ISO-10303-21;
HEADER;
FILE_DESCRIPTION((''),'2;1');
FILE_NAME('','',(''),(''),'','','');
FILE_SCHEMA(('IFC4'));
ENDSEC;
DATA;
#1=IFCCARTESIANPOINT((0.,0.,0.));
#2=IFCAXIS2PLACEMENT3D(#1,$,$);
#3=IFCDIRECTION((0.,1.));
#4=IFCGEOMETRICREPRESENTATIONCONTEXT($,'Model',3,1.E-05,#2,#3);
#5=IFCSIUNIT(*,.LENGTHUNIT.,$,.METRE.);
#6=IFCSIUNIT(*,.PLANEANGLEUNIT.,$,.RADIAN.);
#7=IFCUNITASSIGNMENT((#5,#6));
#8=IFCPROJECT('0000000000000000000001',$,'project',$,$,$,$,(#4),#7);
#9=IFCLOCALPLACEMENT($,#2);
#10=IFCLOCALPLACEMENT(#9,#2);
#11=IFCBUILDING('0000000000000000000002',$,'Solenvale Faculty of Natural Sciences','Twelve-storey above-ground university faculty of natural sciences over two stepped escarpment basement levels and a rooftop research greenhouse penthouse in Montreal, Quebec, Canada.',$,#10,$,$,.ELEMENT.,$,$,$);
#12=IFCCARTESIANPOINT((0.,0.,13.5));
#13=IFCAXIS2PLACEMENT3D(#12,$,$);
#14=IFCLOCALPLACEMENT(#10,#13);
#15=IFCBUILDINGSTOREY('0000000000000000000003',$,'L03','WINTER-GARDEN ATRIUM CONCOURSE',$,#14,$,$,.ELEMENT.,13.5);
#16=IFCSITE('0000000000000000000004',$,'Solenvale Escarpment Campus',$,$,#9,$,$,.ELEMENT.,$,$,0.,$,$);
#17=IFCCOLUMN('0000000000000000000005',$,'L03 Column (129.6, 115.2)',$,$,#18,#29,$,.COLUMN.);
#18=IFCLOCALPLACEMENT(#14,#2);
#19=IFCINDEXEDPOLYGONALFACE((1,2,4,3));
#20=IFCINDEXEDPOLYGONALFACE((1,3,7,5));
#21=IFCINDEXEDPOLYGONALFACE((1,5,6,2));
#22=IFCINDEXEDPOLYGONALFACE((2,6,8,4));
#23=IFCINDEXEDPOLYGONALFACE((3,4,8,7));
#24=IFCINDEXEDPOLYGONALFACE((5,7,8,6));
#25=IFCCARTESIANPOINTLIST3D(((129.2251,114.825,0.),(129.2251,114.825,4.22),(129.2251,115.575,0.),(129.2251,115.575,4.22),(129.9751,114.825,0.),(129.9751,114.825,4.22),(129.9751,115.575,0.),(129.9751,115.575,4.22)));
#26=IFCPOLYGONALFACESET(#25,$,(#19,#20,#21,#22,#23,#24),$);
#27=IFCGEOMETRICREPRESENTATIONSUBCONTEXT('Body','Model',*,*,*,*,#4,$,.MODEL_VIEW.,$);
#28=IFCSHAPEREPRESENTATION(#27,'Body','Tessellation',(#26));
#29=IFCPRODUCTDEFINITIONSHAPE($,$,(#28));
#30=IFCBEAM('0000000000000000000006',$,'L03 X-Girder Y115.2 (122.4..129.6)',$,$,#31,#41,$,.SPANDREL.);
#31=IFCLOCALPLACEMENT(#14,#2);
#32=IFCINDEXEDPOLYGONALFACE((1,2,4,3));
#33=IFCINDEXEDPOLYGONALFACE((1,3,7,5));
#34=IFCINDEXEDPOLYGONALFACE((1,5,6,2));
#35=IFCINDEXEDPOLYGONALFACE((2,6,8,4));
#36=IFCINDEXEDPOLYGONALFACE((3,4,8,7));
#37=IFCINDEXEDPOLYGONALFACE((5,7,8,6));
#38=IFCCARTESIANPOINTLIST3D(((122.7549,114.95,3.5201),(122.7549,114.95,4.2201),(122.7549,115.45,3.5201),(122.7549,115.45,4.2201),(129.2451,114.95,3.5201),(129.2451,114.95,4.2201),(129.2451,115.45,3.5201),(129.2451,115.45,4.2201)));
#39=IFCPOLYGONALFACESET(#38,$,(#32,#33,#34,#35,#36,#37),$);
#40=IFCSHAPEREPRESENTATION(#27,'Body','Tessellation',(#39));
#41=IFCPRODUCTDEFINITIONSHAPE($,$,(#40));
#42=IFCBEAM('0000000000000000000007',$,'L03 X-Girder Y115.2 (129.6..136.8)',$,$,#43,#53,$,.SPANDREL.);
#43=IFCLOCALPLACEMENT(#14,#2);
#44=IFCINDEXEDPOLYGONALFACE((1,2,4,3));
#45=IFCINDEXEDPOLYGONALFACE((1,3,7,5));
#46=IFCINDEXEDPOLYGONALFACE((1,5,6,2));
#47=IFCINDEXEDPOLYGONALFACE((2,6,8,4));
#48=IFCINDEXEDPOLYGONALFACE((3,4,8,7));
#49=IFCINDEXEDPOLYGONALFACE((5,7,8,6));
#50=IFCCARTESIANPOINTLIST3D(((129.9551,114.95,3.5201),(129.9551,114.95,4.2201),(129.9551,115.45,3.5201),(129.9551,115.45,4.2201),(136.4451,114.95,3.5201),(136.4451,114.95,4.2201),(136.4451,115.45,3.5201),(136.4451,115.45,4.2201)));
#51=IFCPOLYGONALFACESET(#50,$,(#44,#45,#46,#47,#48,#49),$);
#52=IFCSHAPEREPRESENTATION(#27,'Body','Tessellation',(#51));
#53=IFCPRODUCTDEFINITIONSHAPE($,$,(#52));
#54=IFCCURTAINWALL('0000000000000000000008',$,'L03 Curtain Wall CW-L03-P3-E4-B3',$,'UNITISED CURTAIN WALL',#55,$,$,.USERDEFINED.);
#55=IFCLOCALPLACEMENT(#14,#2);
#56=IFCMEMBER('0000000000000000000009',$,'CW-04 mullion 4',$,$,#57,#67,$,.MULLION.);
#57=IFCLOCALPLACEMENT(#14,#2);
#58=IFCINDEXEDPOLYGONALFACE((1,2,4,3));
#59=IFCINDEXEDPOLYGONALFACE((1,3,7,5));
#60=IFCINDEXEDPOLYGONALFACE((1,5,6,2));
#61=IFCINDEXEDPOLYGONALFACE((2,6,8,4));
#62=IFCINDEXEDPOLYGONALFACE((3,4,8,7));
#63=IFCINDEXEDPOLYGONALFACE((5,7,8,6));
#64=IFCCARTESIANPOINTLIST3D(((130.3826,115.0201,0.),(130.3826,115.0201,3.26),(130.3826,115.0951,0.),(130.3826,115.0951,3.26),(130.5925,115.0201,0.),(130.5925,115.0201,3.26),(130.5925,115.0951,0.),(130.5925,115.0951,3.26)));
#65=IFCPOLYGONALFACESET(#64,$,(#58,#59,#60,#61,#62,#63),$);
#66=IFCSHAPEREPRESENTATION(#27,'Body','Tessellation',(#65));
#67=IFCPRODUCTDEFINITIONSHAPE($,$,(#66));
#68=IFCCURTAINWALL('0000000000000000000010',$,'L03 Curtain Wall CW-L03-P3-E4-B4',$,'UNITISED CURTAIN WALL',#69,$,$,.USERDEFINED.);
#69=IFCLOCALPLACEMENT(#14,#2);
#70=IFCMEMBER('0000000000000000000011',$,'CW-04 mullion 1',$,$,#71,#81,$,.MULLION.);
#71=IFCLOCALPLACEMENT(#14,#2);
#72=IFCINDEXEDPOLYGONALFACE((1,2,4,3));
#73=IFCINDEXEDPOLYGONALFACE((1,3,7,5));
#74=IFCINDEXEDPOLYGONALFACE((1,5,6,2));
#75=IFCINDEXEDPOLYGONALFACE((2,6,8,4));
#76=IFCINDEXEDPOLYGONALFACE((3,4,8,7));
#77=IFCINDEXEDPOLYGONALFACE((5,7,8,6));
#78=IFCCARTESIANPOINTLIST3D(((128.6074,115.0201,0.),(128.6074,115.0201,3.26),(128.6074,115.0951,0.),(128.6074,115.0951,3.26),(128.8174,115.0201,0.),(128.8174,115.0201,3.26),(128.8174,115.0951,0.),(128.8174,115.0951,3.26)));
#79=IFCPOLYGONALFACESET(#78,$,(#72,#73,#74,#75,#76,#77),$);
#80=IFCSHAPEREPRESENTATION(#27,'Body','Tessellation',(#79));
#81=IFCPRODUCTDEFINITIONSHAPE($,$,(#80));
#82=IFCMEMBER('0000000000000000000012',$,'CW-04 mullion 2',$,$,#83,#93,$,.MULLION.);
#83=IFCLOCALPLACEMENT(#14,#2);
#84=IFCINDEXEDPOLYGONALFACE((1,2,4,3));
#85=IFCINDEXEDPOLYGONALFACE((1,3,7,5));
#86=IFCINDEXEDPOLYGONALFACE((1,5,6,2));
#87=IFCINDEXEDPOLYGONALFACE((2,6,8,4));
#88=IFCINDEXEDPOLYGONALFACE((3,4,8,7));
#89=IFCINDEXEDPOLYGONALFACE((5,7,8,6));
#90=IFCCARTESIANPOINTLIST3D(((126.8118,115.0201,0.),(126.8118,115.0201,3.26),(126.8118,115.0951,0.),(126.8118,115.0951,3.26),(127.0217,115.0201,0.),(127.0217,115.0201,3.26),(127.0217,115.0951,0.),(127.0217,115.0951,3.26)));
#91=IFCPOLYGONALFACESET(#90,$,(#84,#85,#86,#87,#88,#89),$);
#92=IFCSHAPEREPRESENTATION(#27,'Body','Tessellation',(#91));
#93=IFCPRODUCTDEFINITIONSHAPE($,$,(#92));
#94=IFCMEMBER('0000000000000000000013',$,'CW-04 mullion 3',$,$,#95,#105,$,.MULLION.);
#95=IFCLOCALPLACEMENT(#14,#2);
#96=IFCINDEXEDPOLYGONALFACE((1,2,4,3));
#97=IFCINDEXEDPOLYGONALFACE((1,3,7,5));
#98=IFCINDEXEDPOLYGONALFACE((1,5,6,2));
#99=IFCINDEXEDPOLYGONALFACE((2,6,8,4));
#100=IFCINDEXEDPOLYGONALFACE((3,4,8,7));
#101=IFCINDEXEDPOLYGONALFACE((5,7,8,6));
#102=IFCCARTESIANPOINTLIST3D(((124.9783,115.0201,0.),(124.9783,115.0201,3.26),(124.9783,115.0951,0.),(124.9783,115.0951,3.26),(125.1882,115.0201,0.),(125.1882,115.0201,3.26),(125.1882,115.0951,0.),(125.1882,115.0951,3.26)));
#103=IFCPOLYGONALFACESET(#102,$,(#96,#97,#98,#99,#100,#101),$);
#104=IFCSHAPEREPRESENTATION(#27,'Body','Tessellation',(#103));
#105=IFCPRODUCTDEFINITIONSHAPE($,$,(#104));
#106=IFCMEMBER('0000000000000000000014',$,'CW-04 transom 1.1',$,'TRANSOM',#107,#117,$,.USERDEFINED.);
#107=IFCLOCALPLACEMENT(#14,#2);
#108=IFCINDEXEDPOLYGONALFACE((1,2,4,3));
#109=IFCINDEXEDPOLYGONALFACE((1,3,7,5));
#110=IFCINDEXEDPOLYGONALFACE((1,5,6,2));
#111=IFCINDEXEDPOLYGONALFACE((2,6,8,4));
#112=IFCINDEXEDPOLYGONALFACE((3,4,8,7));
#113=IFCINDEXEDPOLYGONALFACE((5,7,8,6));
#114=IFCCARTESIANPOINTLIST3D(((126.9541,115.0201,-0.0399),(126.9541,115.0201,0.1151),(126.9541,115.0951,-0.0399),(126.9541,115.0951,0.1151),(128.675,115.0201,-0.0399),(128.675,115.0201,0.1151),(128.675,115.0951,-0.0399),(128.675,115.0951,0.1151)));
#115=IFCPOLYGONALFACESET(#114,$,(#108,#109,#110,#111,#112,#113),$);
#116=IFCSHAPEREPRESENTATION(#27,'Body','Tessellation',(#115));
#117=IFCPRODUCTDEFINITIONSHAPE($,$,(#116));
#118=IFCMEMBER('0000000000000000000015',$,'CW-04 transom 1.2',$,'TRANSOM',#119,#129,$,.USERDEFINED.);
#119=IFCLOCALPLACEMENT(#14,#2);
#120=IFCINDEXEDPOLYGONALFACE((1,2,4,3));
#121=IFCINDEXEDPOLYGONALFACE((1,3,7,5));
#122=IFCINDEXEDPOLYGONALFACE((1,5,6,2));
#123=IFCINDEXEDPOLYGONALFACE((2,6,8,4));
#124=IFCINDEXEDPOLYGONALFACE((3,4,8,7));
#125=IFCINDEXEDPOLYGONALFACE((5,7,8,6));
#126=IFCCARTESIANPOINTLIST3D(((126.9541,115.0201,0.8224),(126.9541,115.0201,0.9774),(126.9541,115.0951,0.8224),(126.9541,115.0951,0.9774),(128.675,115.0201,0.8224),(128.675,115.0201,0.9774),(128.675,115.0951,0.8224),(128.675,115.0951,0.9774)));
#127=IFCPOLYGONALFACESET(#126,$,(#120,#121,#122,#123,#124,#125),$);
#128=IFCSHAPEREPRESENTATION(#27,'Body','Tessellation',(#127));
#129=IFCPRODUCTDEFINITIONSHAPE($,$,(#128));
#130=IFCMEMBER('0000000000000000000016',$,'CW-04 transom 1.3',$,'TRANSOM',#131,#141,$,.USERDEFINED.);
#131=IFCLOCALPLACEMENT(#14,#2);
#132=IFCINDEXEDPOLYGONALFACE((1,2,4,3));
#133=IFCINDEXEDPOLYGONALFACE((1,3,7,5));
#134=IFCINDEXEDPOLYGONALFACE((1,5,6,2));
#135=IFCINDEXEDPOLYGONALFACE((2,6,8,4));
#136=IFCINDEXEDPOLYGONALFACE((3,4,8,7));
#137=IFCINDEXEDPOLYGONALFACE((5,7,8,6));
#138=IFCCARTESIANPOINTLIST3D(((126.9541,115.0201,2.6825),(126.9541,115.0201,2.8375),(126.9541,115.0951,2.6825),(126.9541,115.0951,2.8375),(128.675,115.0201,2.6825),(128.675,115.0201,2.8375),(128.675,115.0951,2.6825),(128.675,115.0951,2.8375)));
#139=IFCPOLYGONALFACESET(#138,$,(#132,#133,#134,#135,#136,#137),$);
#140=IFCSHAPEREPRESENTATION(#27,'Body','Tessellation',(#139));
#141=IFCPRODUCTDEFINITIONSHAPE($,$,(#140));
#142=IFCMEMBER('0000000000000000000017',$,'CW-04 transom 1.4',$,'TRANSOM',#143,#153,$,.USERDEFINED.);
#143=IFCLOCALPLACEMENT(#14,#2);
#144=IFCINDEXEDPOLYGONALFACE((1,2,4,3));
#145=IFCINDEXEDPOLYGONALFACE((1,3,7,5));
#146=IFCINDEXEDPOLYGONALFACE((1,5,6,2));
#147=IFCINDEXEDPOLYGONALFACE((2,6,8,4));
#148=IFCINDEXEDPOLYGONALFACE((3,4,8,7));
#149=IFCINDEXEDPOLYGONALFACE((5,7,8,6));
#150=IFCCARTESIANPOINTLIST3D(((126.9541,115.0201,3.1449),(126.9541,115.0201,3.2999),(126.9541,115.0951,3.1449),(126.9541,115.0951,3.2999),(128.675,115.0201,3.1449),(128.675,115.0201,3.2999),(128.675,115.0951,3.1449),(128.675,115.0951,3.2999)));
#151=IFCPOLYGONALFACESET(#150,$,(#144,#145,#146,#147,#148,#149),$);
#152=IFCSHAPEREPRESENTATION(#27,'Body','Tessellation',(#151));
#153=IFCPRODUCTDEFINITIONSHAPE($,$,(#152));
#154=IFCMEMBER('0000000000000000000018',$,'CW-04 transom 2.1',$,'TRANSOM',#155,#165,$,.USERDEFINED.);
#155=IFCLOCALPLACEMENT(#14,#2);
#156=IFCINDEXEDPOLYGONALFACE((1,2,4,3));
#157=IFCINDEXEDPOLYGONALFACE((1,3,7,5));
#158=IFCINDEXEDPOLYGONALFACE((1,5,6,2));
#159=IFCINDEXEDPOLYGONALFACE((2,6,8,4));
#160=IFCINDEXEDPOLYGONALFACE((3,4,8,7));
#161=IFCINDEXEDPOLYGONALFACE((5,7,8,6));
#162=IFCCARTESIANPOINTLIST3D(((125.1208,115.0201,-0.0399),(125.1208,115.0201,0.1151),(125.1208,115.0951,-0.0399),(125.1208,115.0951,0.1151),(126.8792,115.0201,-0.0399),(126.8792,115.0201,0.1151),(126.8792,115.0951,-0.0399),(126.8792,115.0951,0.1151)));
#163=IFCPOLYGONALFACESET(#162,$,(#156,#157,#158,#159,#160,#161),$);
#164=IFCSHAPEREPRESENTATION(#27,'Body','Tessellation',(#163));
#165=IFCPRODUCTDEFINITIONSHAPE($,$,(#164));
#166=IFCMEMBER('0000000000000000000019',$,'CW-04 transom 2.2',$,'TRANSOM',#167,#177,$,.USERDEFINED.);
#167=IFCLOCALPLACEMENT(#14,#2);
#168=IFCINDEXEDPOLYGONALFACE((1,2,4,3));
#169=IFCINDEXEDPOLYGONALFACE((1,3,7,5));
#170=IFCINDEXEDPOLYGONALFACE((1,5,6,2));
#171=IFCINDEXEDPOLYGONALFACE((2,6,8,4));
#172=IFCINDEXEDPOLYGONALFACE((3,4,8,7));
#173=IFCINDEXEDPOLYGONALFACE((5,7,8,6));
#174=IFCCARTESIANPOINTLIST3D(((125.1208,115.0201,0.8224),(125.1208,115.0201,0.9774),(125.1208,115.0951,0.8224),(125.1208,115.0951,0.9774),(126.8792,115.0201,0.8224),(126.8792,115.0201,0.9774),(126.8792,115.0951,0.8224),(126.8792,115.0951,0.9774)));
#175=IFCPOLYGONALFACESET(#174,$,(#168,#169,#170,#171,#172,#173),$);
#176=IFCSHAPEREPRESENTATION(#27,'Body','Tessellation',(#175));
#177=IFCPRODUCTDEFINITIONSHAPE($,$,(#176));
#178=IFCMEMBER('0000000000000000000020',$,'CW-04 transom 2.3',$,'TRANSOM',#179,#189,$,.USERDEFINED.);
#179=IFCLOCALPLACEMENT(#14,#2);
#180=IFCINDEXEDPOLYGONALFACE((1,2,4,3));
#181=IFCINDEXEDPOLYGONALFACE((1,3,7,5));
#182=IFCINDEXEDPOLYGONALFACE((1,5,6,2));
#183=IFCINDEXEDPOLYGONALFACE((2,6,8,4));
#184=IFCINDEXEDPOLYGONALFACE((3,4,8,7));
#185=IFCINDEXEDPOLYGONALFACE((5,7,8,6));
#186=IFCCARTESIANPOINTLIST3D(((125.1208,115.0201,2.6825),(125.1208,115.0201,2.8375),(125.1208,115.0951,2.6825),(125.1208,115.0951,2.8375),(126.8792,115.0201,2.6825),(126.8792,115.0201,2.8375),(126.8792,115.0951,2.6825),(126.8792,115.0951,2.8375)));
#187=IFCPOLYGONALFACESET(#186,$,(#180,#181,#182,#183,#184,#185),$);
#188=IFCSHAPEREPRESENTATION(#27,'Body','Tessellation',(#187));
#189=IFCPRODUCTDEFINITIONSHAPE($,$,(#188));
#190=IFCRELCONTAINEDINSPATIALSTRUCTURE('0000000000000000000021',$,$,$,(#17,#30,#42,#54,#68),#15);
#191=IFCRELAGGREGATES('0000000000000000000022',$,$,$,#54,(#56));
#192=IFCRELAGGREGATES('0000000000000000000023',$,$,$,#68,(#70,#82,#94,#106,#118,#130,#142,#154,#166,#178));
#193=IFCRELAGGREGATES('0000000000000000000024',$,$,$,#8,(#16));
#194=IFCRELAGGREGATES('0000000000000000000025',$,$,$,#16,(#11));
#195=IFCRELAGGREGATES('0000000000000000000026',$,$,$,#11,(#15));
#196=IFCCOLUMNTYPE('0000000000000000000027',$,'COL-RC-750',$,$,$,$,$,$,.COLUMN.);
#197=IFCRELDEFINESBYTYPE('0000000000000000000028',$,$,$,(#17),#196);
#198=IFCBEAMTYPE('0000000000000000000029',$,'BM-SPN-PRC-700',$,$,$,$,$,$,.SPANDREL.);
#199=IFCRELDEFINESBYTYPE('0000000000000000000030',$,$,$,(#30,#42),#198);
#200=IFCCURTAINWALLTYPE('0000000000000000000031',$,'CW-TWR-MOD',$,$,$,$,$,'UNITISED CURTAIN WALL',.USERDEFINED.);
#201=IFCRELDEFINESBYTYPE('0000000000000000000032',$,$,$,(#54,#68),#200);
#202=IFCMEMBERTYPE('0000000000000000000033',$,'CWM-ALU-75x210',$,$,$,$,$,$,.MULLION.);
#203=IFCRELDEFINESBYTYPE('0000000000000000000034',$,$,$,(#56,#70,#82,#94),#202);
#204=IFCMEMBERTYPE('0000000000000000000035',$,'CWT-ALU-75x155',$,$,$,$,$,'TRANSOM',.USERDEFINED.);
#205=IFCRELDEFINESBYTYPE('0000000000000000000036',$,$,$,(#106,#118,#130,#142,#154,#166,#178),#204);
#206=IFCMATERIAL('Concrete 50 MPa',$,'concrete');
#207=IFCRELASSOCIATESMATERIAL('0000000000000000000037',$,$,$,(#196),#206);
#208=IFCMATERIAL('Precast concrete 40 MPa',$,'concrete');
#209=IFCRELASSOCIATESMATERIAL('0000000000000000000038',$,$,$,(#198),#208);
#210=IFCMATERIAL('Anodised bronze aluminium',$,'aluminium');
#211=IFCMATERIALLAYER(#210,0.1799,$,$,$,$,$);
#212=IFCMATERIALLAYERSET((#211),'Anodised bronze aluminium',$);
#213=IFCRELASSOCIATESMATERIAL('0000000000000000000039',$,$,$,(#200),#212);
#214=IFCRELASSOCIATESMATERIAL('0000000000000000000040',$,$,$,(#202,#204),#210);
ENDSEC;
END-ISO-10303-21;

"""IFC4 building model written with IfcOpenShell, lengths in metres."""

from ifc_helpers import new_model, si_unit, direction, frame, origin, origin_2d, place, context, subcontext, project, spatial, rectangle, extrude, material, layer, layer_set, material_profile, profile_set, type_object, element, aggregate, save


model = new_model("IFC4")

# Units and contexts
model_context = context("Model", 3, precision=1e-05, world=origin(), true_north=direction((0.0, 1.0)))
body_context = subcontext(model_context, "Body", "Model", "MODEL_VIEW")
ifc_project = project(units=[si_unit("LENGTHUNIT", "METRE"), si_unit("PLANEANGLEUNIT", "RADIAN")], contexts=[model_context])

# Site, building, storey
site_placement = place(None, origin())
site = spatial("IfcSite", under=ifc_project, at=site_placement, Name="Solenvale Escarpment Campus", CompositionType="ELEMENT", RefElevation=0.0)
building_placement = place(site_placement, origin())
building = spatial("IfcBuilding", under=site, at=building_placement, Name="Solenvale Faculty of Natural Sciences", Description="Twelve-storey above-ground university faculty of natural sciences over two stepped escarpment basement levels and a rooftop research greenhouse penthouse in Montreal, Quebec, Canada.", CompositionType="ELEMENT")
storey_placement = place(building_placement, frame((0.0, 0.0, 13.5)))
storey = spatial("IfcBuildingStorey", under=building, at=storey_placement, Name="L03", Description="WINTER-GARDEN ATRIUM CONCOURSE", CompositionType="ELEMENT", Elevation=13.5)

# Column
ifc_material_1 = material(Name="Concrete 50 MPa", Category="concrete")
ifc_material_profile_1 = material_profile(ifc_material_1, rectangle(XDim=0.75, YDim=0.75, at=origin_2d()), Name="RC-COL-750x750")
ifc_profile_set_1 = profile_set([ifc_material_profile_1], Name="Concrete 50 MPa")
column_type = type_object("IfcColumnType", Name="COL-RC-750", PredefinedType="COLUMN", material=ifc_profile_set_1)
column_placement = place(storey_placement, frame((129.6001, 115.2, 0.0), z_axis=(0.0, 0.0, 1.0), x_axis=(1.0, 0.0, 0.0)))
element("IfcColumn", 1, at=column_placement, inside=storey, type_object=column_type, Name="L03 Column (129.6, 115.2)", PredefinedType="COLUMN", context=body_context, shape_type="SweptSolid", body=[
    extrude(rectangle(XDim=0.75, YDim=0.75, at=origin_2d()), origin(), (0.0, 0.0, 1.0), 4.22),
])

# Beams
ifc_material_2 = material(Name="Precast concrete 40 MPa", Category="concrete")
ifc_material_profile_2 = material_profile(ifc_material_2, rectangle(XDim=0.5, YDim=0.7, at=origin_2d()), Name="RC-BM-500x700")
ifc_profile_set_2 = profile_set([ifc_material_profile_2], Name="Precast concrete 40 MPa")
beam_type = type_object("IfcBeamType", Name="BM-SPN-PRC-700", PredefinedType="SPANDREL", material=ifc_profile_set_2)
beam_1_placement = place(storey_placement, frame((122.7549, 115.2, 3.8701), z_axis=(1.0, 0.0, 0.0), x_axis=(0.0, 1.0, 0.0)))
element("IfcBeam", 2, at=beam_1_placement, inside=storey, type_object=beam_type, Name="L03 X-Girder Y115.2 (122.4..129.6)", PredefinedType="SPANDREL", context=body_context, shape_type="SweptSolid", body=[
    extrude(rectangle(XDim=0.5, YDim=0.7, at=origin_2d()), origin(), (0.0, 0.0, 1.0), 6.4902),
])
beam_2_placement = place(storey_placement, frame((129.9551, 115.2, 3.8701), z_axis=(1.0, 0.0, 0.0), x_axis=(0.0, 1.0, 0.0)))
element("IfcBeam", 3, at=beam_2_placement, inside=storey, type_object=beam_type, Name="L03 X-Girder Y115.2 (129.6..136.8)", PredefinedType="SPANDREL", context=body_context, shape_type="SweptSolid", body=[
    extrude(rectangle(XDim=0.5, YDim=0.7, at=origin_2d()), origin(), (0.0, 0.0, 1.0), 6.49),
])

# Curtain wall, member
ifc_material_3 = material(Name="Anodised bronze aluminium", Category="aluminium")
ifc_layer_1 = layer(ifc_material_3, 0.1799)
ifc_layer_set_1 = layer_set([ifc_layer_1], Name="Anodised bronze aluminium")
curtain_wall_type = type_object("IfcCurtainWallType", Name="CW-TWR-MOD", ElementType="UNITISED CURTAIN WALL", PredefinedType="USERDEFINED", material=ifc_layer_set_1)
curtain_wall_1_placement = place(storey_placement, origin())
curtain_wall_1 = element("IfcCurtainWall", 4, at=curtain_wall_1_placement, inside=storey, type_object=curtain_wall_type, Name="L03 Curtain Wall CW-L03-P3-E4-B3", ObjectType="UNITISED CURTAIN WALL", PredefinedType="USERDEFINED")
ifc_material_profile_3 = material_profile(ifc_material_3, rectangle(XDim=0.075, YDim=0.21, at=origin_2d()), Name="ALU-MUL-75x210")
ifc_profile_set_3 = profile_set([ifc_material_profile_3], Name="Anodised bronze aluminium")
member_type_1 = type_object("IfcMemberType", Name="CWM-ALU-75x210", PredefinedType="MULLION", material=ifc_profile_set_3)
member_1_placement = place(storey_placement, frame((130.4875, 115.0576, 0.0), z_axis=(0.0, 0.0, 1.0), x_axis=(0.0, -1.0, 0.0)))
member_1 = element("IfcMember", 5, at=member_1_placement, type_object=member_type_1, Name="CW-04 mullion 4", PredefinedType="MULLION", context=body_context, shape_type="SweptSolid", body=[
    extrude(rectangle(XDim=0.075, YDim=0.21, at=origin_2d()), origin(), (0.0, 0.0, 1.0), 3.26),
])
aggregate(curtain_wall_1, [member_1])

# Curtain wall, members
curtain_wall_2_placement = place(storey_placement, origin())
curtain_wall_2 = element("IfcCurtainWall", 6, at=curtain_wall_2_placement, inside=storey, type_object=curtain_wall_type, Name="L03 Curtain Wall CW-L03-P3-E4-B4", ObjectType="UNITISED CURTAIN WALL", PredefinedType="USERDEFINED")
member_2_placement = place(storey_placement, frame((128.7124, 115.0576, 0.0), z_axis=(0.0, 0.0, 1.0), x_axis=(0.0, -1.0, 0.0)))
member_2 = element("IfcMember", 7, at=member_2_placement, type_object=member_type_1, Name="CW-04 mullion 1", PredefinedType="MULLION", context=body_context, shape_type="SweptSolid", body=[
    extrude(rectangle(XDim=0.075, YDim=0.21, at=origin_2d()), origin(), (0.0, 0.0, 1.0), 3.26),
])
member_3_placement = place(storey_placement, frame((126.9167, 115.0576, 0.0), z_axis=(0.0, 0.0, 1.0), x_axis=(0.0, -1.0, 0.0)))
member_3 = element("IfcMember", 8, at=member_3_placement, type_object=member_type_1, Name="CW-04 mullion 2", PredefinedType="MULLION", context=body_context, shape_type="SweptSolid", body=[
    extrude(rectangle(XDim=0.075, YDim=0.21, at=origin_2d()), origin(), (0.0, 0.0, 1.0), 3.26),
])
member_4_placement = place(storey_placement, frame((125.0833, 115.0576, 0.0), z_axis=(0.0, 0.0, 1.0), x_axis=(0.0, -1.0, 0.0)))
member_4 = element("IfcMember", 9, at=member_4_placement, type_object=member_type_1, Name="CW-04 mullion 3", PredefinedType="MULLION", context=body_context, shape_type="SweptSolid", body=[
    extrude(rectangle(XDim=0.075, YDim=0.21, at=origin_2d()), origin(), (0.0, 0.0, 1.0), 3.26),
])
ifc_material_profile_4 = material_profile(ifc_material_3, rectangle(XDim=0.075, YDim=0.155, at=origin_2d()), Name="ALU-TRN-75x155")
ifc_profile_set_4 = profile_set([ifc_material_profile_4], Name="Anodised bronze aluminium")
member_type_2 = type_object("IfcMemberType", Name="CWT-ALU-75x155", ElementType="TRANSOM", PredefinedType="USERDEFINED", material=ifc_profile_set_4)
member_5_placement = place(storey_placement, frame((128.675, 115.0576, 0.0376), z_axis=(-1.0, 0.0, 0.0), x_axis=(0.0, -1.0, 0.0)))
member_5 = element("IfcMember", 10, at=member_5_placement, type_object=member_type_2, Name="CW-04 transom 1.1", ObjectType="TRANSOM", PredefinedType="USERDEFINED", context=body_context, shape_type="SweptSolid", body=[
    extrude(rectangle(XDim=0.075, YDim=0.155, at=origin_2d()), origin(), (0.0, 0.0, 1.0), 1.7209),
])
member_6_placement = place(storey_placement, frame((128.675, 115.0576, 0.8999), z_axis=(-1.0, 0.0, 0.0), x_axis=(0.0, -1.0, 0.0)))
member_6 = element("IfcMember", 11, at=member_6_placement, type_object=member_type_2, Name="CW-04 transom 1.2", ObjectType="TRANSOM", PredefinedType="USERDEFINED", context=body_context, shape_type="SweptSolid", body=[
    extrude(rectangle(XDim=0.075, YDim=0.155, at=origin_2d()), origin(), (0.0, 0.0, 1.0), 1.7209),
])
member_7_placement = place(storey_placement, frame((128.675, 115.0576, 2.76), z_axis=(-1.0, 0.0, 0.0), x_axis=(0.0, -1.0, 0.0)))
member_7 = element("IfcMember", 12, at=member_7_placement, type_object=member_type_2, Name="CW-04 transom 1.3", ObjectType="TRANSOM", PredefinedType="USERDEFINED", context=body_context, shape_type="SweptSolid", body=[
    extrude(rectangle(XDim=0.075, YDim=0.155, at=origin_2d()), origin(), (0.0, 0.0, 1.0), 1.7209),
])
member_8_placement = place(storey_placement, frame((128.675, 115.0576, 3.2224), z_axis=(-1.0, 0.0, 0.0), x_axis=(0.0, -1.0, 0.0)))
member_8 = element("IfcMember", 13, at=member_8_placement, type_object=member_type_2, Name="CW-04 transom 1.4", ObjectType="TRANSOM", PredefinedType="USERDEFINED", context=body_context, shape_type="SweptSolid", body=[
    extrude(rectangle(XDim=0.075, YDim=0.155, at=origin_2d()), origin(), (0.0, 0.0, 1.0), 1.7209),
])
member_9_placement = place(storey_placement, frame((126.8792, 115.0576, 0.0376), z_axis=(-1.0, 0.0, 0.0), x_axis=(0.0, -1.0, 0.0)))
member_9 = element("IfcMember", 14, at=member_9_placement, type_object=member_type_2, Name="CW-04 transom 2.1", ObjectType="TRANSOM", PredefinedType="USERDEFINED", context=body_context, shape_type="SweptSolid", body=[
    extrude(rectangle(XDim=0.075, YDim=0.155, at=origin_2d()), origin(), (0.0, 0.0, 1.0), 1.7583),
])
member_10_placement = place(storey_placement, frame((126.8792, 115.0576, 0.8999), z_axis=(-1.0, 0.0, 0.0), x_axis=(0.0, -1.0, 0.0)))
member_10 = element("IfcMember", 15, at=member_10_placement, type_object=member_type_2, Name="CW-04 transom 2.2", ObjectType="TRANSOM", PredefinedType="USERDEFINED", context=body_context, shape_type="SweptSolid", body=[
    extrude(rectangle(XDim=0.075, YDim=0.155, at=origin_2d()), origin(), (0.0, 0.0, 1.0), 1.7583),
])
member_11_placement = place(storey_placement, frame((126.8792, 115.0576, 2.76), z_axis=(-1.0, 0.0, 0.0), x_axis=(0.0, -1.0, 0.0)))
member_11 = element("IfcMember", 16, at=member_11_placement, type_object=member_type_2, Name="CW-04 transom 2.3", ObjectType="TRANSOM", PredefinedType="USERDEFINED", context=body_context, shape_type="SweptSolid", body=[
    extrude(rectangle(XDim=0.075, YDim=0.155, at=origin_2d()), origin(), (0.0, 0.0, 1.0), 1.7583),
])
aggregate(curtain_wall_2, [member_2, member_3, member_4, member_5, member_6, member_7, member_8, member_9, member_10, member_11])

save(model, "model.ifc")
